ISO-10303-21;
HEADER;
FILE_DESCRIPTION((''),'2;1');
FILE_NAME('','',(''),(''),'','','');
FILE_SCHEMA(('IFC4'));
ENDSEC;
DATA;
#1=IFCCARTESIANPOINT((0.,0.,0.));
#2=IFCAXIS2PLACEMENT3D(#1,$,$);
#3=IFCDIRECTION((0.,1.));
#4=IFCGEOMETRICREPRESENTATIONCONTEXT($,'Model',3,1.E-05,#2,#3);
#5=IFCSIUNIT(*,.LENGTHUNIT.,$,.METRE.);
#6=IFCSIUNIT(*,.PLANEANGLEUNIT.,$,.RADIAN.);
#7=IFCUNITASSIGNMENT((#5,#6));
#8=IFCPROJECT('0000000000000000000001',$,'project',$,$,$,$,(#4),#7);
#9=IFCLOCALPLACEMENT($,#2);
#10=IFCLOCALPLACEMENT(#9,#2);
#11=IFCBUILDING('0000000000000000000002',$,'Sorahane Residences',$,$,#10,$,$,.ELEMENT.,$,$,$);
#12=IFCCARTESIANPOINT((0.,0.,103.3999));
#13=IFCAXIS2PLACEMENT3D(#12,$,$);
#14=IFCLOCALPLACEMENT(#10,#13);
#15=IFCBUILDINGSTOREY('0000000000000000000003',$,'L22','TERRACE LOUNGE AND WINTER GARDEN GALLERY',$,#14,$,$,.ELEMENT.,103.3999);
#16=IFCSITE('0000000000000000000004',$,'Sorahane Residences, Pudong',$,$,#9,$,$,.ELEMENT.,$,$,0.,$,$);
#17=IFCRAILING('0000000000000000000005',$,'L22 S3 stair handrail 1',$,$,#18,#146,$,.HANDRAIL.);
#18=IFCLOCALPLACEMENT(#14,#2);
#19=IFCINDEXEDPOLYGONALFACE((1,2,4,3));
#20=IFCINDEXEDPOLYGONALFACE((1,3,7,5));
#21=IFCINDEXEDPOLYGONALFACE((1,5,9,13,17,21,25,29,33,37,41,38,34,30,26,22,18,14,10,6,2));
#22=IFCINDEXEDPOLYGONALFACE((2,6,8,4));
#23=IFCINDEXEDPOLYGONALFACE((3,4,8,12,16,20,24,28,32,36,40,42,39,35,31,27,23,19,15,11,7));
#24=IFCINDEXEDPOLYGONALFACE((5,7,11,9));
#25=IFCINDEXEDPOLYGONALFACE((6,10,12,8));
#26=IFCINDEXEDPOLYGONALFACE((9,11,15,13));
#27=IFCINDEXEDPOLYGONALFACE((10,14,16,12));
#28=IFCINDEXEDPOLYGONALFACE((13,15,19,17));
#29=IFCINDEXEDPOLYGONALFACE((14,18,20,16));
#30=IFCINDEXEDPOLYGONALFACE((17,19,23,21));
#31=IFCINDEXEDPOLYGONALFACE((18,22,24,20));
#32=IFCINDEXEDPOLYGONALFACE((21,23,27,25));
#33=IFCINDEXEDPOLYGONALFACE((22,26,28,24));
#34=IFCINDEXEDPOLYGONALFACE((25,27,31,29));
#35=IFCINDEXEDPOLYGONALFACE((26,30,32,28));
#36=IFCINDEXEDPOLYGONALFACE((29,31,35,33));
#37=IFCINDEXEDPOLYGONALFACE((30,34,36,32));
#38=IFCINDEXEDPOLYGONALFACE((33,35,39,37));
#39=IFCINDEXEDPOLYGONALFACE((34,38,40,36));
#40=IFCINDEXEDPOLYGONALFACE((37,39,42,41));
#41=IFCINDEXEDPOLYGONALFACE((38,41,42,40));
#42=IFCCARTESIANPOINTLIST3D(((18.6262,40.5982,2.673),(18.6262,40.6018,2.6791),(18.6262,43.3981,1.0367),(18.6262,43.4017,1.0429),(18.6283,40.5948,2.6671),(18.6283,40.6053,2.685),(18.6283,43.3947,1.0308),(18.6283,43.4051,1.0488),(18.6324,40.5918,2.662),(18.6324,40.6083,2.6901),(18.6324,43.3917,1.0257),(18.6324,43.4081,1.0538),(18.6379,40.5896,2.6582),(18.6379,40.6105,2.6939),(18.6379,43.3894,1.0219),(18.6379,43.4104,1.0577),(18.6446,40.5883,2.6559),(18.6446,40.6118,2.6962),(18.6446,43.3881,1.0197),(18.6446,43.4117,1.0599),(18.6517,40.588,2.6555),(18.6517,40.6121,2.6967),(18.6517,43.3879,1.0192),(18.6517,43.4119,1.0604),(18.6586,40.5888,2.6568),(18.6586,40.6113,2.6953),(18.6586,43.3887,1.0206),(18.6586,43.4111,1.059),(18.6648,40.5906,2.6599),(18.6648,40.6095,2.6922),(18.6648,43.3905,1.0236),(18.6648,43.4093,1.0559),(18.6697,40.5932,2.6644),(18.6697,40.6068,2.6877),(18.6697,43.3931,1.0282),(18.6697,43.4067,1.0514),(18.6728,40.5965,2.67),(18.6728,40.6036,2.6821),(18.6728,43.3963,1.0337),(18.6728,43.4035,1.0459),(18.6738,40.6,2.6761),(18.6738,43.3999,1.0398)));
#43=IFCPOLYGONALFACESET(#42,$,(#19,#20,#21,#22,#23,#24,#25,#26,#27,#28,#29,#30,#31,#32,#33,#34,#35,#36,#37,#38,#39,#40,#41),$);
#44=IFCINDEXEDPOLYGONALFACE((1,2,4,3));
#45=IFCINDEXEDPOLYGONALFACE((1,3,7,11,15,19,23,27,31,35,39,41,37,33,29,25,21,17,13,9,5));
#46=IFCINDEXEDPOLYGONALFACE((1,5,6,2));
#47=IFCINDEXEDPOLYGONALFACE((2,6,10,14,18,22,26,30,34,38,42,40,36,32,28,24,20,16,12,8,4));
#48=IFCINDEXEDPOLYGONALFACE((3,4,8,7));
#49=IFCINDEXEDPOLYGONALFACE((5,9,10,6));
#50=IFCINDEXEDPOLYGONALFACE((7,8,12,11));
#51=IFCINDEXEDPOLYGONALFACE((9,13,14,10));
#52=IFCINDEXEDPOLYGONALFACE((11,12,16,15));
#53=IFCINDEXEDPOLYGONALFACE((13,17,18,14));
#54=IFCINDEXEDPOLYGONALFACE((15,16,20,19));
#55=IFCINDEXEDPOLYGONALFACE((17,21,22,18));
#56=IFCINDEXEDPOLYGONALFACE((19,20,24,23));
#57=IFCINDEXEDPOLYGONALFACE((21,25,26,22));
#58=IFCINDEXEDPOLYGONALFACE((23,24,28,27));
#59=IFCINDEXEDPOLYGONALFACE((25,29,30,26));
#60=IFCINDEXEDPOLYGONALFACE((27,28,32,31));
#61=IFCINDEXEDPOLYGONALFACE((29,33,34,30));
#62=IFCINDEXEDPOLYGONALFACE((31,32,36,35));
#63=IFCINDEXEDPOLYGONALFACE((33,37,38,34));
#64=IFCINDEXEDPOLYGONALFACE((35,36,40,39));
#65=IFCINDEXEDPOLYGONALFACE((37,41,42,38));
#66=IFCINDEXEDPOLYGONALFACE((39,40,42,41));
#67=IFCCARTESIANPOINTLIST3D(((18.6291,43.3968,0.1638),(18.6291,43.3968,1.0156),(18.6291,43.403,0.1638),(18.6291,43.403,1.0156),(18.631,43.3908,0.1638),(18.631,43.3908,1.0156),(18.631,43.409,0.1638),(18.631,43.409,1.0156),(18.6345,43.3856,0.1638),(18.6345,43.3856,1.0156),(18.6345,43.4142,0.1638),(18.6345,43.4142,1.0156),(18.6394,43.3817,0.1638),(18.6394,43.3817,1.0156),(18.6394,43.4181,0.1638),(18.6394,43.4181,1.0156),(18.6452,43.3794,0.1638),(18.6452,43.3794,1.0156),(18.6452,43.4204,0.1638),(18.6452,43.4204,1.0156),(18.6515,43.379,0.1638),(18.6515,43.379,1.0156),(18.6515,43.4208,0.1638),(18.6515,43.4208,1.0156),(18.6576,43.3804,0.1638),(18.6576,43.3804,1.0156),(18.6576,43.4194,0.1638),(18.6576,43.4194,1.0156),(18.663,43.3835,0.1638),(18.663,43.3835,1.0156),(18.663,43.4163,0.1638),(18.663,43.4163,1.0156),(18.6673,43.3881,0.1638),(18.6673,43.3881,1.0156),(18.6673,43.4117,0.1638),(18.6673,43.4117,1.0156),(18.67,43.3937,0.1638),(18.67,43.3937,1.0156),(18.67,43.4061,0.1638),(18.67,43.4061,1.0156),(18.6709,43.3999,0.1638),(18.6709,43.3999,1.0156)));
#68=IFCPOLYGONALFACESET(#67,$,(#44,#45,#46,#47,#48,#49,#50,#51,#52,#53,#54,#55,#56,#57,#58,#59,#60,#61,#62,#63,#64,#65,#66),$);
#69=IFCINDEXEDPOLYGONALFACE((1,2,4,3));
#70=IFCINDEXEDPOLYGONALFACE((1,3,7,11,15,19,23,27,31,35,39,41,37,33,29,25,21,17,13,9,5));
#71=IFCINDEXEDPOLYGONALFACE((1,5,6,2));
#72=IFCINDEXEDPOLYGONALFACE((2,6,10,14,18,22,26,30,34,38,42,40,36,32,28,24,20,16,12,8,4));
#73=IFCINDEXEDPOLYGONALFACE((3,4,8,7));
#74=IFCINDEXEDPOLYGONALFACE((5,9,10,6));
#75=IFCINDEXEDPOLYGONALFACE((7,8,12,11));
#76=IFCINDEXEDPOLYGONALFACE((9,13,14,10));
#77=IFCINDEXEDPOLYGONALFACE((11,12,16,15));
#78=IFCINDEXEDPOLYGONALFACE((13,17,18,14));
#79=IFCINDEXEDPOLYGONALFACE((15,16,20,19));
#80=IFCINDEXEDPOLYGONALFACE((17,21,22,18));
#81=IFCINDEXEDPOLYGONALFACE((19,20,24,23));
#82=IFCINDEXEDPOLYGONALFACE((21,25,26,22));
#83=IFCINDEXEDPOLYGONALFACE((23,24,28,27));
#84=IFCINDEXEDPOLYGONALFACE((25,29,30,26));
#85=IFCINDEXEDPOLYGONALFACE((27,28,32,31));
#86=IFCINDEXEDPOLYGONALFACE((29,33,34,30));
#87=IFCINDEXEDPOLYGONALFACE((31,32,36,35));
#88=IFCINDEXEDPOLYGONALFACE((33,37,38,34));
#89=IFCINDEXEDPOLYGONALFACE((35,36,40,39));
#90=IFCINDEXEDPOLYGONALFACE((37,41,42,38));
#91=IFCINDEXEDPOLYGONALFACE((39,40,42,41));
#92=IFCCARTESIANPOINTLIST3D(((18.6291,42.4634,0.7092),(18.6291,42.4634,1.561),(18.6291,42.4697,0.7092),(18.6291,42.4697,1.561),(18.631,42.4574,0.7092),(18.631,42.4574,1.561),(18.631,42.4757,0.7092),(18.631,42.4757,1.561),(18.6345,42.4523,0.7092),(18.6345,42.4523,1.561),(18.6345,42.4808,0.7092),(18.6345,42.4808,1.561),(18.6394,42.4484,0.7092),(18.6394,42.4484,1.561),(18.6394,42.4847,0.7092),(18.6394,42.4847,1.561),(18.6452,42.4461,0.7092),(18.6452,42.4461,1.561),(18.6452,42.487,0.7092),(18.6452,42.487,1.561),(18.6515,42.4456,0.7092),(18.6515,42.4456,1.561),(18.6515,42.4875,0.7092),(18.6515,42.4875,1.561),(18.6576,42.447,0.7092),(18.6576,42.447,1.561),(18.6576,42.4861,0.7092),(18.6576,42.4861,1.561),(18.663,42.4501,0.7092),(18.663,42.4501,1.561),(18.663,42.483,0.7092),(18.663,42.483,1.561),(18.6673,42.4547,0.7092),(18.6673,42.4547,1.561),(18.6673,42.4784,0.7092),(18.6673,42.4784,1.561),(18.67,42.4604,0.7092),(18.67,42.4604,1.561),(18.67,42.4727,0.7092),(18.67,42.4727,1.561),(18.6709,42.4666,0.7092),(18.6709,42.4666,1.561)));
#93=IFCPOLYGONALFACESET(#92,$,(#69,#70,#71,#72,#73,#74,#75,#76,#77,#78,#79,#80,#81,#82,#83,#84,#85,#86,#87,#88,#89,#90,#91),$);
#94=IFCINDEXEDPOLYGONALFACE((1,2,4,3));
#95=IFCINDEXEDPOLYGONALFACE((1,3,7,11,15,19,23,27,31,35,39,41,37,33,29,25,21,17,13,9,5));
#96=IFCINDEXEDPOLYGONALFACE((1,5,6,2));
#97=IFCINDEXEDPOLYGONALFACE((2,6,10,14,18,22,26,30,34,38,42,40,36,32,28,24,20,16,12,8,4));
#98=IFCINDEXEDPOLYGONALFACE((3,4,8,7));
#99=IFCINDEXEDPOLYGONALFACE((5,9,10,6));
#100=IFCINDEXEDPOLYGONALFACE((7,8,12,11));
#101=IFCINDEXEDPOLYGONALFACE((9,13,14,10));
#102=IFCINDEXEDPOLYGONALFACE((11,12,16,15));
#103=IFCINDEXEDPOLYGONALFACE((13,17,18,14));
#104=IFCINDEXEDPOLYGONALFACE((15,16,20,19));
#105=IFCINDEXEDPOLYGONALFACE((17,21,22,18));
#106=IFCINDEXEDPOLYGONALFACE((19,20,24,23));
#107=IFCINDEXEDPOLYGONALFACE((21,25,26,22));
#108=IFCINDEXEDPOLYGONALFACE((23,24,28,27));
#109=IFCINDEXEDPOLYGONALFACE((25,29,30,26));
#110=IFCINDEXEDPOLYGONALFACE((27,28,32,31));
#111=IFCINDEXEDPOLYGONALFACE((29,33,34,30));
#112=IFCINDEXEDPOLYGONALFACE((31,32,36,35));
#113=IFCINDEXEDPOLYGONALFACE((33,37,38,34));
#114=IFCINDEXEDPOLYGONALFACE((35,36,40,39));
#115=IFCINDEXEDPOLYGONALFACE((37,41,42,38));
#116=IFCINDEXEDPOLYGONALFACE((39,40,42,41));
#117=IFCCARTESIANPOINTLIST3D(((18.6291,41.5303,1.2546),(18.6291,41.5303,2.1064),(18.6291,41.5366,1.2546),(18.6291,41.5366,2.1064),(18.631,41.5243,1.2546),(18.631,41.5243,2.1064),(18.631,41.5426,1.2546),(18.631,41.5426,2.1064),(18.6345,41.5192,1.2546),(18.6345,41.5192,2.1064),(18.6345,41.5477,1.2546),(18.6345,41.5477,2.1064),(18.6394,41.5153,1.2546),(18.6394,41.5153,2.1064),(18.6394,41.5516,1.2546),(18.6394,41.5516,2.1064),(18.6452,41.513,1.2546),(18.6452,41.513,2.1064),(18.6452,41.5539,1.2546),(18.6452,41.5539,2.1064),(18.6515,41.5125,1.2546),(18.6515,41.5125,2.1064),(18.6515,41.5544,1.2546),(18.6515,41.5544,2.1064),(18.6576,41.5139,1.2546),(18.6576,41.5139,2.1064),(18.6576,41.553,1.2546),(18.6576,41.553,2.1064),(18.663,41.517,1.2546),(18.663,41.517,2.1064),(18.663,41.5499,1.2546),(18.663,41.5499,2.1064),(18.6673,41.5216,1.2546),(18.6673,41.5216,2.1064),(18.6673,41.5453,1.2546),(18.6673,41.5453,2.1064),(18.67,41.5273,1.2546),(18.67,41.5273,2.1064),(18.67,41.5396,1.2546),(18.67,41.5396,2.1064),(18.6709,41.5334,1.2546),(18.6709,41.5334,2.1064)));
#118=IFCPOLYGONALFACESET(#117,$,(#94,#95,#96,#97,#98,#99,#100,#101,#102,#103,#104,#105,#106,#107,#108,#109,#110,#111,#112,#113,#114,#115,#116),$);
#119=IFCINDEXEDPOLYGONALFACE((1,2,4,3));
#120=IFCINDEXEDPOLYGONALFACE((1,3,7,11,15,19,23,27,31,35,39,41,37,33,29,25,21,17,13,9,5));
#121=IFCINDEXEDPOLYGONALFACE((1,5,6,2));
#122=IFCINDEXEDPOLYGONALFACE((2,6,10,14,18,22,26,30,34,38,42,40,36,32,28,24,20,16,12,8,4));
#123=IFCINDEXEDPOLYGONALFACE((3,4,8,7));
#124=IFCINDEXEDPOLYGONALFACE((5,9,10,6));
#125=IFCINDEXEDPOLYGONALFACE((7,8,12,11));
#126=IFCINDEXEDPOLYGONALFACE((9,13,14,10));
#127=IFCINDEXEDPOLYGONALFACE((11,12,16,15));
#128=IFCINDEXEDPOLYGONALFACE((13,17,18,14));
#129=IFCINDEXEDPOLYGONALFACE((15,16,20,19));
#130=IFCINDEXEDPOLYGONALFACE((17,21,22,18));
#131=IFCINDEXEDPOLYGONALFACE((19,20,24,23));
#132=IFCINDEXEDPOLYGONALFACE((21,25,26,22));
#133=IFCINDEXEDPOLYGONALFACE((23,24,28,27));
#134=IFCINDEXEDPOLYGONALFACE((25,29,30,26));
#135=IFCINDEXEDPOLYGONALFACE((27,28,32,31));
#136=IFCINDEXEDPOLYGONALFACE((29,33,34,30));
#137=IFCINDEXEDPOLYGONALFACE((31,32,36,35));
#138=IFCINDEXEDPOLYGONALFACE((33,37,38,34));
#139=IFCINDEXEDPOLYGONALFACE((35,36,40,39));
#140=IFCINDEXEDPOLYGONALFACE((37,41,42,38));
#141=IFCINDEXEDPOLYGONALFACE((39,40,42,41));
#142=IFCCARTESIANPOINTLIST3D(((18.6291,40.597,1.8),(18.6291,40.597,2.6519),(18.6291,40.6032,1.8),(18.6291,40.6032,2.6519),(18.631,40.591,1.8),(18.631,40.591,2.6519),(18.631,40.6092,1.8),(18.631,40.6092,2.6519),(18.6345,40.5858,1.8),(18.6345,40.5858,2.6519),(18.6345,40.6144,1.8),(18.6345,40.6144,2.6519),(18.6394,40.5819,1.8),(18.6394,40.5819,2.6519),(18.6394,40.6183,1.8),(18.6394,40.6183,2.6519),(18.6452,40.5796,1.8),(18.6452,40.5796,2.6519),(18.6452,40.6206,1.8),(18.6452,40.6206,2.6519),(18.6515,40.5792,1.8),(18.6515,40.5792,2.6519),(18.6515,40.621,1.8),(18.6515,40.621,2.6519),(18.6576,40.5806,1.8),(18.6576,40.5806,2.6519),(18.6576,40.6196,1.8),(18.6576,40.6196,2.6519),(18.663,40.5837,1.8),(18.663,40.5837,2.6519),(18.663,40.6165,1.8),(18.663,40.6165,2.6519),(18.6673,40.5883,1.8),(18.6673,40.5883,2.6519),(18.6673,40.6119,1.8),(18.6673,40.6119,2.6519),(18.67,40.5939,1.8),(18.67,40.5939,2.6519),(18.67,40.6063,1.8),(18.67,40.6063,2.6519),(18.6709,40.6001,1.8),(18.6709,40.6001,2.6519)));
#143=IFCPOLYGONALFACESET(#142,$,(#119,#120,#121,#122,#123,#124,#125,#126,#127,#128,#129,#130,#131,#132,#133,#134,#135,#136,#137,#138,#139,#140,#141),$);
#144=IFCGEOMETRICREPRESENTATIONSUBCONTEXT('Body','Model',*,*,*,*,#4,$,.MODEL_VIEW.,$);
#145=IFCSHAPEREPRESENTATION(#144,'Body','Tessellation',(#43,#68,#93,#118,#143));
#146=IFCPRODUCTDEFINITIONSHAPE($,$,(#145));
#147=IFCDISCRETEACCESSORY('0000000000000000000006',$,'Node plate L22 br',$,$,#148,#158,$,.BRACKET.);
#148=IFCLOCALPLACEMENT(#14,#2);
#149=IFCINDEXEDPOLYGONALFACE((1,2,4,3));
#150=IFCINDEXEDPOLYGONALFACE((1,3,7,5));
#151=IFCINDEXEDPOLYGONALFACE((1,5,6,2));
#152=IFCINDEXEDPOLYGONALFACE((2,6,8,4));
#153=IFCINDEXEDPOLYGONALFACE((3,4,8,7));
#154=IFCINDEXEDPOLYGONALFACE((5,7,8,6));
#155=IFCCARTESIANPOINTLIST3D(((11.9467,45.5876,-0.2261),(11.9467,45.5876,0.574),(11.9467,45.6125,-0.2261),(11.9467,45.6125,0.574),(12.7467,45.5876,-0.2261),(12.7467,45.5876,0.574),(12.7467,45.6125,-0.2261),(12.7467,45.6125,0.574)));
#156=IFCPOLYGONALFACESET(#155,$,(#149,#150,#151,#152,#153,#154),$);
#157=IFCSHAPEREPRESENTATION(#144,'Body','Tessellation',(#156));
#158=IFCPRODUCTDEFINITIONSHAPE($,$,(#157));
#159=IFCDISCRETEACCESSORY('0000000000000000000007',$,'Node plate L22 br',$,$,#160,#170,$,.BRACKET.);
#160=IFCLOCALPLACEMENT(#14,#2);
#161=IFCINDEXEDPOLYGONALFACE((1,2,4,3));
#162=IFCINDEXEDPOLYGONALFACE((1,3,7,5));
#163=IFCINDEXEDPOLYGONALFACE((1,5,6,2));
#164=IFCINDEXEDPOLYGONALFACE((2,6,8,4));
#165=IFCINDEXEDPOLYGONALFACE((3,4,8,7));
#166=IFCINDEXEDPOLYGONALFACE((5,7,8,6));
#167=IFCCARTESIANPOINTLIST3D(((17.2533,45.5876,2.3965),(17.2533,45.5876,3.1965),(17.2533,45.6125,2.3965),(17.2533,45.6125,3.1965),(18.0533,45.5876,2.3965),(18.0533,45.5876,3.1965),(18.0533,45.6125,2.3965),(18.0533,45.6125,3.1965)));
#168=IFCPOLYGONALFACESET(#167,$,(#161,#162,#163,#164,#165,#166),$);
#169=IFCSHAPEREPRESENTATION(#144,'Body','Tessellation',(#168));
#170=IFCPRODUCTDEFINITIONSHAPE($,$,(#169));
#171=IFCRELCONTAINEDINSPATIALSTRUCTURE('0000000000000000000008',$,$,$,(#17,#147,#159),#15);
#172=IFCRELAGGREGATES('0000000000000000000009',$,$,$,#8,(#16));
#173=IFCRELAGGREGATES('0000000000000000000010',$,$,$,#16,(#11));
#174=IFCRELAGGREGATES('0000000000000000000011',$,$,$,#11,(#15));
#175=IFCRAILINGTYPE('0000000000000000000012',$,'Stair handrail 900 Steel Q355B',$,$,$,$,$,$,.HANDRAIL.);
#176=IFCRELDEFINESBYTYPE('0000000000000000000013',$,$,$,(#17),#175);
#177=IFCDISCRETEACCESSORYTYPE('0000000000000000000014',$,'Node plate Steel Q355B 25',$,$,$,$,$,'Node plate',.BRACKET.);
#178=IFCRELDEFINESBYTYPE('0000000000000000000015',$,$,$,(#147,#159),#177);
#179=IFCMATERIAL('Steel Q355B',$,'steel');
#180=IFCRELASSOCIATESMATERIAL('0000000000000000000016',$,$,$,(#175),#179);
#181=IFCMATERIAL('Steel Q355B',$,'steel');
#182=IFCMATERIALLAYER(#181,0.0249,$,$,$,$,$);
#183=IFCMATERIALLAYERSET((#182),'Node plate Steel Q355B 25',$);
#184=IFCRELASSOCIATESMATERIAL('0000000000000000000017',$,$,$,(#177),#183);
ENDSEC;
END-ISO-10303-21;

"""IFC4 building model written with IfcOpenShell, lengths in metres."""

from ifc_helpers import new_model, si_unit, direction, frame, origin, origin_2d, place, context, subcontext, project, spatial, rectangle, circle, extrude, material, layer, layer_set, type_object, element, save


model = new_model("IFC4")

# Units and contexts
model_context = context("Model", 3, precision=1e-05, world=origin(), true_north=direction((0.0, 1.0)))
body_context = subcontext(model_context, "Body", "Model", "MODEL_VIEW")
ifc_project = project(units=[si_unit("LENGTHUNIT", "METRE"), si_unit("PLANEANGLEUNIT", "RADIAN")], contexts=[model_context])

# Site, building, storey
site_placement = place(None, origin())
site = spatial("IfcSite", under=ifc_project, at=site_placement, Name="Sorahane Residences, Pudong", CompositionType="ELEMENT", RefElevation=0.0)
building_placement = place(site_placement, origin())
building = spatial("IfcBuilding", under=site, at=building_placement, Name="Sorahane Residences", CompositionType="ELEMENT")
storey_placement = place(building_placement, frame((0.0, 0.0, 103.3999)))
storey = spatial("IfcBuildingStorey", under=building, at=storey_placement, Name="L22", Description="TERRACE LOUNGE AND WINTER GARDEN GALLERY", CompositionType="ELEMENT", Elevation=103.3999)

# Railing
ifc_material_1 = material(Name="Steel Q355B", Category="steel")
railing_type_1 = type_object("IfcRailingType", Name="Stair handrail 900 Steel Q355B", PredefinedType="HANDRAIL", material=ifc_material_1)
railing_1_placement = place(storey_placement, frame((18.6499, 43.3999, 0.1638)))
element("IfcRailing", 1, at=railing_1_placement, inside=storey, type_object=railing_type_1, Name="L22 S3 stair handrail 1", PredefinedType="HANDRAIL", context=body_context, shape_type="SweptSolid", body=[
    extrude(circle(Radius=0.0239, at=origin_2d()), frame((0.0, 0.0, 0.876), z_axis=(0.0, -0.863374, 0.504564), x_axis=(1.0, 0.0, 0.0)), (0.0, 0.0, 1.0), 3.2429),
    extrude(circle(Radius=0.021, at=origin_2d()), origin(), (0.0, 0.0, 1.0), 0.8518),
    extrude(circle(Radius=0.021, at=origin_2d()), frame((0.0, -0.9333, 0.5454)), (0.0, 0.0, 1.0), 0.8518),
    extrude(circle(Radius=0.021, at=origin_2d()), frame((0.0, -1.8665, 1.0908)), (0.0, 0.0, 1.0), 0.8518),
    extrude(circle(Radius=0.021, at=origin_2d()), frame((0.0, -2.7998, 1.6362)), (0.0, 0.0, 1.0), 0.8518),
])

# Discrete accessories
ifc_material_2 = material(Name="Steel Q355B", Category="steel")
ifc_layer_1 = layer(ifc_material_2, 0.0249)
ifc_layer_set_1 = layer_set([ifc_layer_1], Name="Node plate Steel Q355B 25")
discrete_accessory_type = type_object("IfcDiscreteAccessoryType", Name="Node plate Steel Q355B 25", ElementType="Node plate", PredefinedType="BRACKET", material=ifc_layer_set_1)
for number, where, z_axis, x_axis, name in (
    (2, (12.3467, 45.6001, -0.2261), (0.0, 0.0, 1.0), (1.0, 0.0, 0.0), "Node plate L22 br"),
    (3, (17.6533, 45.6001, 2.3965), (0.0, 0.0, 1.0), (1.0, 0.0, 0.0), "Node plate L22 br"),
):
    element("IfcDiscreteAccessory", number, at=place(storey_placement, frame(where, z_axis=z_axis, x_axis=x_axis)), inside=storey, type_object=discrete_accessory_type, Name=name, PredefinedType="BRACKET", context=body_context, shape_type="SweptSolid", body=[
        extrude(rectangle(XDim=0.8, YDim=0.0249, at=origin_2d()), origin(), (0.0, 0.0, 1.0), 0.8),
    ])

save(model, "model.ifc")
